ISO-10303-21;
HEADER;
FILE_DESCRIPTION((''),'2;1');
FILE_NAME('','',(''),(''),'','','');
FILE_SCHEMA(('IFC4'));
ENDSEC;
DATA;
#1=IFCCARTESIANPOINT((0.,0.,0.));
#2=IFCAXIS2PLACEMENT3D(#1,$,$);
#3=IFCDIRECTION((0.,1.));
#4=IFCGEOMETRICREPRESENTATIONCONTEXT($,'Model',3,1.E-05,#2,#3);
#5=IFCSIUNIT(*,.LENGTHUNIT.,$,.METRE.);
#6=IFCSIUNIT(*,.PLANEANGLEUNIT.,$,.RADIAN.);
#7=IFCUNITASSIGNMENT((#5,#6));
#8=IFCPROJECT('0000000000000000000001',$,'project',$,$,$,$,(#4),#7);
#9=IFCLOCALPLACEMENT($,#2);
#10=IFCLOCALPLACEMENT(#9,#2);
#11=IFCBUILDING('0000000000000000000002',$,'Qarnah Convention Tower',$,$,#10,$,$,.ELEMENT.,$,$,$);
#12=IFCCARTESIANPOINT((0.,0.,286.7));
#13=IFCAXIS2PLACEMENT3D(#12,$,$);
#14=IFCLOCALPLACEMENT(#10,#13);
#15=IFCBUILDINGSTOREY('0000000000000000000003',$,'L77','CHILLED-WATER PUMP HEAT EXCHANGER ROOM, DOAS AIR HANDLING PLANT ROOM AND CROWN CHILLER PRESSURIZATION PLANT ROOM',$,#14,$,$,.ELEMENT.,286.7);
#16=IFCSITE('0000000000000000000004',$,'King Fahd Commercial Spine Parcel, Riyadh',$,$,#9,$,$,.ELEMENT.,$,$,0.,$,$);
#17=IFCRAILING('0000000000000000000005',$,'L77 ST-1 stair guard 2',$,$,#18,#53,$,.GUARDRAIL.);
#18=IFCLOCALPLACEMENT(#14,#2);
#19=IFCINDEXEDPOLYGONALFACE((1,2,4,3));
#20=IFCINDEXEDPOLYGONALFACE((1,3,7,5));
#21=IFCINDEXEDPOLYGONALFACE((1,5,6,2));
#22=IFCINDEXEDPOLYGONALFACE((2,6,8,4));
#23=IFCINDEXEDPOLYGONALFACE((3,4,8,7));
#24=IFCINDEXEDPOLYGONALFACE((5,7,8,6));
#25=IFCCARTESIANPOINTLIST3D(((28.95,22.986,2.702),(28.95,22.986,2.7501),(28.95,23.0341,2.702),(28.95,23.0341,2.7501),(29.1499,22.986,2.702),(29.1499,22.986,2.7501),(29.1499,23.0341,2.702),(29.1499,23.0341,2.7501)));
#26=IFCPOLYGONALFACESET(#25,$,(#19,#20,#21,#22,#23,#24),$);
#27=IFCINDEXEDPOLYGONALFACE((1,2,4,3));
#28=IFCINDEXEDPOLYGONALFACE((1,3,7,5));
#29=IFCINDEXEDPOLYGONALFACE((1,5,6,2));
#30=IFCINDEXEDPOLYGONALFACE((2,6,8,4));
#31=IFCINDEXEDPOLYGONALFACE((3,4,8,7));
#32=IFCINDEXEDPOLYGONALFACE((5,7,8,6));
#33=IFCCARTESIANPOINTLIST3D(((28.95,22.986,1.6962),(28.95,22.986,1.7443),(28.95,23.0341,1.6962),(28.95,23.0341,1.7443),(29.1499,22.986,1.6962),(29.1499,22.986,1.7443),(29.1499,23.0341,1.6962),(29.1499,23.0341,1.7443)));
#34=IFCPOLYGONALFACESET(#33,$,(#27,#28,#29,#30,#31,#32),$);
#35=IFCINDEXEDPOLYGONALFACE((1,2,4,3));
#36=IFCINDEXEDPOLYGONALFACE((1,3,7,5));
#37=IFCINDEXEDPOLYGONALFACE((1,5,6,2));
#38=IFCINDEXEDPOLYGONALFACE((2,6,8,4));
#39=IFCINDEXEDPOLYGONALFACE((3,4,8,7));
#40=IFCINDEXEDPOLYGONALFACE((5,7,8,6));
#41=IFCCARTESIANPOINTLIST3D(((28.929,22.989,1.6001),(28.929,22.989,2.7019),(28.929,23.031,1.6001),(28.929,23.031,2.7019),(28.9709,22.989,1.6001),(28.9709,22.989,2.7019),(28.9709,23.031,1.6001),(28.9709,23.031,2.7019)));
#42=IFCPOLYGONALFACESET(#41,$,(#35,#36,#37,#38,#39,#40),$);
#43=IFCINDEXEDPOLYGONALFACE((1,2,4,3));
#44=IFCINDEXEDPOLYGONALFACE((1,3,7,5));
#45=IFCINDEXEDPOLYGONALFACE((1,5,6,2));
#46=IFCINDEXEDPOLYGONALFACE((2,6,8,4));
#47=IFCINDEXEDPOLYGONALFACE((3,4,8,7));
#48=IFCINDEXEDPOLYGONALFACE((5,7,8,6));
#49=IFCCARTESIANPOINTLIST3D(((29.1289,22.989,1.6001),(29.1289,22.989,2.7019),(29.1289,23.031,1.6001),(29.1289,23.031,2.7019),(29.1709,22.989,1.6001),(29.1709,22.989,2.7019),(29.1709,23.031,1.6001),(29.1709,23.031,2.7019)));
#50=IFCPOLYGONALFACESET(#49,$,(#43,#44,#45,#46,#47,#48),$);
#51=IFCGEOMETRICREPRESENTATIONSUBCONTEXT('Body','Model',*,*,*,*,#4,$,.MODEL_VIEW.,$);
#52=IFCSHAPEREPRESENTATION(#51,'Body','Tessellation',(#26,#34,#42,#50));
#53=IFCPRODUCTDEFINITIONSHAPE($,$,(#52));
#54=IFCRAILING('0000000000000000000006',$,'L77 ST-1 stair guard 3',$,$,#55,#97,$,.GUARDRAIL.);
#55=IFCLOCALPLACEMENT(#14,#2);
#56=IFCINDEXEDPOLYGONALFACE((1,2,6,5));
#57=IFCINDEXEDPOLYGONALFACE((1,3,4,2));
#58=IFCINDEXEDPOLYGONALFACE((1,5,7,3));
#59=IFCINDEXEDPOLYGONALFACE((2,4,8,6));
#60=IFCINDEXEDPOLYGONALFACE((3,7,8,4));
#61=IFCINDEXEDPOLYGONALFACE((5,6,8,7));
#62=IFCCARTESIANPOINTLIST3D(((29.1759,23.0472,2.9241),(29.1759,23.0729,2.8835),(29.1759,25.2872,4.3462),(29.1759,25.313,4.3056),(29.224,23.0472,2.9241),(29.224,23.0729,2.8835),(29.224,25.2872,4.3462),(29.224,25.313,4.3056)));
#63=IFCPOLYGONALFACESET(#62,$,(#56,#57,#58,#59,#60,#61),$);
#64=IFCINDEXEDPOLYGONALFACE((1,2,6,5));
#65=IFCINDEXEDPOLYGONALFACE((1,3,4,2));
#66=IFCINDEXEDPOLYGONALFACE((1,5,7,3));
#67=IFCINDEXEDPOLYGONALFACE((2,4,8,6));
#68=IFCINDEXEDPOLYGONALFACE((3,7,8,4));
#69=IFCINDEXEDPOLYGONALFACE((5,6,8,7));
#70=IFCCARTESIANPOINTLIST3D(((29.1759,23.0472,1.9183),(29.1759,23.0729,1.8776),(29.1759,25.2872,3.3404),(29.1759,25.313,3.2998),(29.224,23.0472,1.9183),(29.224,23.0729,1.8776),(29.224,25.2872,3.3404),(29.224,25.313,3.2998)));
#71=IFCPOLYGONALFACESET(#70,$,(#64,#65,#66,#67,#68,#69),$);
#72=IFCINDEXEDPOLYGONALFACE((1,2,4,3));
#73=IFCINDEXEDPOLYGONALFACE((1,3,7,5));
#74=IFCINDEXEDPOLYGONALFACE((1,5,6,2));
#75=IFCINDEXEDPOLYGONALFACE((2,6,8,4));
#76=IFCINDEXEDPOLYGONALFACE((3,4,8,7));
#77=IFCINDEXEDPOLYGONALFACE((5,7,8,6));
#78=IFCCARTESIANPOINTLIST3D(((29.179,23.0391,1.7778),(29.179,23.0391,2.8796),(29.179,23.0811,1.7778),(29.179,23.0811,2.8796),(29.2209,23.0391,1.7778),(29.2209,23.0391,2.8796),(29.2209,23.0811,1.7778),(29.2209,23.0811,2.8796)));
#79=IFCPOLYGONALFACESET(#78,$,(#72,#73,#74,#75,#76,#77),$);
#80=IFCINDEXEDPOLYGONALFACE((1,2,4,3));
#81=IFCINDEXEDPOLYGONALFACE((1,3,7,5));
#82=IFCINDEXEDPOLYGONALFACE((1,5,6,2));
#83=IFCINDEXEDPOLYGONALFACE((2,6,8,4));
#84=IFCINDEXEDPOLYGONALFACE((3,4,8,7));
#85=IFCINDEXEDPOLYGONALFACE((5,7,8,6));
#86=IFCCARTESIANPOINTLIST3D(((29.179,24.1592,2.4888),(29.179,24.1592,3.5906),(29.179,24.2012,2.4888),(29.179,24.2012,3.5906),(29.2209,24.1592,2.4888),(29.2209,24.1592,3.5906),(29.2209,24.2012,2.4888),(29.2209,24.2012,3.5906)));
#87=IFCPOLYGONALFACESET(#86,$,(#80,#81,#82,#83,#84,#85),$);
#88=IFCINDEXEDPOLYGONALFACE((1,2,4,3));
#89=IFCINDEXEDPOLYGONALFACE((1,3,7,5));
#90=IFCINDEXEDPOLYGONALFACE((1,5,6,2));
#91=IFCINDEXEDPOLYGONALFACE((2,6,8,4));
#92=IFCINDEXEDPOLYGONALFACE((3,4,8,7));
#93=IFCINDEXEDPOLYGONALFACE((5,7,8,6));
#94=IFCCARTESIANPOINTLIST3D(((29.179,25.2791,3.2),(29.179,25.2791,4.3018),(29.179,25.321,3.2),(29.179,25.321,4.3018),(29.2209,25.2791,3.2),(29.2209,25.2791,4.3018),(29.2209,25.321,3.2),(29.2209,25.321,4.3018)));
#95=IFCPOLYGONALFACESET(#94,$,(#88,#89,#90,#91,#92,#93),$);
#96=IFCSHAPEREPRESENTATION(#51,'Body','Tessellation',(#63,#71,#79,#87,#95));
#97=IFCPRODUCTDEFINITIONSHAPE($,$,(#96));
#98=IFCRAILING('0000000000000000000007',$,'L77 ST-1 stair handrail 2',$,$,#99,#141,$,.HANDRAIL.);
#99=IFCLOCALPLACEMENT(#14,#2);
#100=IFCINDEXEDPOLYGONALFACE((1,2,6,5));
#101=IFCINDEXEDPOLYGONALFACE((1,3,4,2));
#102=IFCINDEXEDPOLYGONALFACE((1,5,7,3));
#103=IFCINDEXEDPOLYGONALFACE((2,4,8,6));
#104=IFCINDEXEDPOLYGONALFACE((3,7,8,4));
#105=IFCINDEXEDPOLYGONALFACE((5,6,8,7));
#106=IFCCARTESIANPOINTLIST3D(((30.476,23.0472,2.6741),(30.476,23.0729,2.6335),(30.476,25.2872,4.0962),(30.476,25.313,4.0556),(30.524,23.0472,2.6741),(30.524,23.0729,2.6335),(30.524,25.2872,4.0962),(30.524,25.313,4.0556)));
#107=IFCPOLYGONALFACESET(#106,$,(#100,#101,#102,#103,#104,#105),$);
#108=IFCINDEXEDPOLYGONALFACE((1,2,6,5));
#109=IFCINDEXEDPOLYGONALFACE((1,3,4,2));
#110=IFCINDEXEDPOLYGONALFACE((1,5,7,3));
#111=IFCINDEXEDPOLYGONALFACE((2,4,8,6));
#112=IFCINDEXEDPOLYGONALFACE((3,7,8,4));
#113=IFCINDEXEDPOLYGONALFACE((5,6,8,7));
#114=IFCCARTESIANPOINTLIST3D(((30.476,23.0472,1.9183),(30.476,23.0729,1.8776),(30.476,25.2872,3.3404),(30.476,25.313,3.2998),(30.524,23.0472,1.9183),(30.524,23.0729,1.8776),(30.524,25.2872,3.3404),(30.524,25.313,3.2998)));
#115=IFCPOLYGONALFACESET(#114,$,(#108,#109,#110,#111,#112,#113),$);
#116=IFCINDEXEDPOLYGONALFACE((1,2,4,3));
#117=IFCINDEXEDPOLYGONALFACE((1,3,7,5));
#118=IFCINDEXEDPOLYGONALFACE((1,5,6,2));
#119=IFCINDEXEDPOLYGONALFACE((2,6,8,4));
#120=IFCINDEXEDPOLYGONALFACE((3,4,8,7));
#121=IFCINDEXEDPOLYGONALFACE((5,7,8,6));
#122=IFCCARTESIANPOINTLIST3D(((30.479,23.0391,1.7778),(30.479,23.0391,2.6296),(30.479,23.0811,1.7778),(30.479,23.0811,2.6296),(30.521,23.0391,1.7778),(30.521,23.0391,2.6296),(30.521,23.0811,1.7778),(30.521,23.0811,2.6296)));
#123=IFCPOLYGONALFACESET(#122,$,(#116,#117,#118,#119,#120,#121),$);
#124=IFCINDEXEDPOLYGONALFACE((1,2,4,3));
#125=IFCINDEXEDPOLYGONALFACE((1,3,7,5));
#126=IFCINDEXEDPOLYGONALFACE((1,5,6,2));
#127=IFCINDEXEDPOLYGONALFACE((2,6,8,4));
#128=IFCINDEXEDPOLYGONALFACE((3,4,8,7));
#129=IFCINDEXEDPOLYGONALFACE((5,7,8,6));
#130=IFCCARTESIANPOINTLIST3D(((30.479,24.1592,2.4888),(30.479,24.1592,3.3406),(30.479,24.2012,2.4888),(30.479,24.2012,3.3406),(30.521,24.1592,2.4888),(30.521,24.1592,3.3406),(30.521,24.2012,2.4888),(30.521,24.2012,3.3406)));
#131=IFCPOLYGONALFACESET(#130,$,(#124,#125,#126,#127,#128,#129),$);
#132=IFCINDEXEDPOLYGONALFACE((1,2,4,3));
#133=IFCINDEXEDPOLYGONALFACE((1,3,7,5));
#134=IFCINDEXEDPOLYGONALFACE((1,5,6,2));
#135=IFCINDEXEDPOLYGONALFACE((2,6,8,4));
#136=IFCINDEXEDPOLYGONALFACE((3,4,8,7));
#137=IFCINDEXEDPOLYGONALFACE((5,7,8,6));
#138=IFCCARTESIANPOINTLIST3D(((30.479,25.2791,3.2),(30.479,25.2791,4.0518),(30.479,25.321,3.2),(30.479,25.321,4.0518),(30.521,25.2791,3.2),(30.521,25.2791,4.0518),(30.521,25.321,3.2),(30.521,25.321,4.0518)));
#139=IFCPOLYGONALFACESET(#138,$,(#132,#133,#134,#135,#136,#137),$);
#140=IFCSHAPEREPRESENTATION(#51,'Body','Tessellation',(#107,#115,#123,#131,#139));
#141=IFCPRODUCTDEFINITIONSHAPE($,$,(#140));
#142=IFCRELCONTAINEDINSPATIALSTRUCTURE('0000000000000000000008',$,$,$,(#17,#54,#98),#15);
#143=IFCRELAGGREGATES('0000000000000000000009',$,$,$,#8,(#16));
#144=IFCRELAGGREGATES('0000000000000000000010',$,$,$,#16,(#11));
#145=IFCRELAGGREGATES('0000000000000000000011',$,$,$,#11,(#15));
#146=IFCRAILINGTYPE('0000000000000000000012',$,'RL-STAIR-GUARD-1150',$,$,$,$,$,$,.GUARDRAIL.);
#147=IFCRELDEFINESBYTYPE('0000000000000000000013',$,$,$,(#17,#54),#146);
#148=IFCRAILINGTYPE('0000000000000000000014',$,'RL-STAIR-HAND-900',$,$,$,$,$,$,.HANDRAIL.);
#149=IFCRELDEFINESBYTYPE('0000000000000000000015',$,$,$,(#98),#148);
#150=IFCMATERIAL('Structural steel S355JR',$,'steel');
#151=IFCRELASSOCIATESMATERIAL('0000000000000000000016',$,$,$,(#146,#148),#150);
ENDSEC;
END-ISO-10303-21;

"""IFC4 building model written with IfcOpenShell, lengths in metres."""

from ifc_helpers import new_model, si_unit, direction, frame, origin, origin_2d, place, context, subcontext, project, spatial, rectangle, extrude, material, type_object, element, save


model = new_model("IFC4")

# Units and contexts
model_context = context("Model", 3, precision=1e-05, world=origin(), true_north=direction((0.0, 1.0)))
body_context = subcontext(model_context, "Body", "Model", "MODEL_VIEW")
ifc_project = project(units=[si_unit("LENGTHUNIT", "METRE"), si_unit("PLANEANGLEUNIT", "RADIAN")], contexts=[model_context])

# Site, building, storey
site_placement = place(None, origin())
site = spatial("IfcSite", under=ifc_project, at=site_placement, Name="King Fahd Commercial Spine Parcel, Riyadh", CompositionType="ELEMENT", RefElevation=0.0)
building_placement = place(site_placement, origin())
building = spatial("IfcBuilding", under=site, at=building_placement, Name="Qarnah Convention Tower", CompositionType="ELEMENT")
storey_placement = place(building_placement, frame((0.0, 0.0, 286.7)))
storey = spatial("IfcBuildingStorey", under=building, at=storey_placement, Name="L77", Description="CHILLED-WATER PUMP HEAT EXCHANGER ROOM, DOAS AIR HANDLING PLANT ROOM AND CROWN CHILLER PRESSURIZATION PLANT ROOM", CompositionType="ELEMENT", Elevation=286.7)

# Shared definitions
ifc_material_1 = material(Name="Structural steel S355JR", Category="steel")

# Railings
railing_type_1 = type_object("IfcRailingType", Name="RL-STAIR-GUARD-1150", PredefinedType="GUARDRAIL", material=ifc_material_1)
railing_1_placement = place(storey_placement, frame((28.95, 23.01, 1.6001)))
element("IfcRailing", 1, at=railing_1_placement, inside=storey, type_object=railing_type_1, Name="L77 ST-1 stair guard 2", PredefinedType="GUARDRAIL", context=body_context, shape_type="SweptSolid", body=[
    extrude(rectangle(XDim=0.0481, YDim=0.0481, at=origin_2d()), frame((0.0, 0.0, 1.126), z_axis=(1.0, 0.0, 0.0), x_axis=(0.0, 1.0, 0.0)), (0.0, 0.0, 1.0), 0.2),
    extrude(rectangle(XDim=0.0481, YDim=0.0481, at=origin_2d()), frame((0.0, 0.0, 0.1201), z_axis=(1.0, 0.0, 0.0), x_axis=(0.0, 1.0, 0.0)), (0.0, 0.0, 1.0), 0.2),
    extrude(rectangle(XDim=0.042, YDim=0.042, at=origin_2d()), origin(), (0.0, 0.0, 1.0), 1.1018),
    extrude(rectangle(XDim=0.042, YDim=0.042, at=origin_2d()), frame((0.2, 0.0, 0.0)), (0.0, 0.0, 1.0), 1.1018),
])
railing_2_placement = place(storey_placement, frame((29.2, 23.0601, 1.7778)))
element("IfcRailing", 2, at=railing_2_placement, inside=storey, type_object=railing_type_1, Name="L77 ST-1 stair guard 3", PredefinedType="GUARDRAIL", context=body_context, shape_type="SweptSolid", body=[
    extrude(rectangle(XDim=0.0481, YDim=0.0481, at=origin_2d()), frame((0.0, 0.0, 1.126), z_axis=(0.0, 0.844229, 0.535982), x_axis=(-1.0, 0.0, 0.0)), (0.0, 0.0, 1.0), 2.6533),
    extrude(rectangle(XDim=0.0481, YDim=0.0481, at=origin_2d()), frame((0.0, 0.0, 0.1201), z_axis=(0.0, 0.844229, 0.535982), x_axis=(-1.0, 0.0, 0.0)), (0.0, 0.0, 1.0), 2.6533),
    extrude(rectangle(XDim=0.042, YDim=0.042, at=origin_2d()), origin(), (0.0, 0.0, 1.0), 1.1018),
    extrude(rectangle(XDim=0.042, YDim=0.042, at=origin_2d()), frame((0.0, 1.1201, 0.7109)), (0.0, 0.0, 1.0), 1.1018),
    extrude(rectangle(XDim=0.042, YDim=0.042, at=origin_2d()), frame((0.0, 2.24, 1.4221)), (0.0, 0.0, 1.0), 1.1018),
])
railing_type_2 = type_object("IfcRailingType", Name="RL-STAIR-HAND-900", PredefinedType="HANDRAIL", material=ifc_material_1)
railing_3_placement = place(storey_placement, frame((30.5, 23.0601, 1.7778)))
element("IfcRailing", 3, at=railing_3_placement, inside=storey, type_object=railing_type_2, Name="L77 ST-1 stair handrail 2", PredefinedType="HANDRAIL", context=body_context, shape_type="SweptSolid", body=[
    extrude(rectangle(XDim=0.0481, YDim=0.0481, at=origin_2d()), frame((0.0, 0.0, 0.876), z_axis=(0.0, 0.844229, 0.535982), x_axis=(-1.0, 0.0, 0.0)), (0.0, 0.0, 1.0), 2.6533),
    extrude(rectangle(XDim=0.0481, YDim=0.0481, at=origin_2d()), frame((0.0, 0.0, 0.1201), z_axis=(0.0, 0.844229, 0.535982), x_axis=(-1.0, 0.0, 0.0)), (0.0, 0.0, 1.0), 2.6533),
    extrude(rectangle(XDim=0.042, YDim=0.042, at=origin_2d()), origin(), (0.0, 0.0, 1.0), 0.8518),
    extrude(rectangle(XDim=0.042, YDim=0.042, at=origin_2d()), frame((0.0, 1.1201, 0.7109)), (0.0, 0.0, 1.0), 0.8518),
    extrude(rectangle(XDim=0.042, YDim=0.042, at=origin_2d()), frame((0.0, 2.24, 1.4221)), (0.0, 0.0, 1.0), 0.8518),
])

save(model, "model.ifc")
